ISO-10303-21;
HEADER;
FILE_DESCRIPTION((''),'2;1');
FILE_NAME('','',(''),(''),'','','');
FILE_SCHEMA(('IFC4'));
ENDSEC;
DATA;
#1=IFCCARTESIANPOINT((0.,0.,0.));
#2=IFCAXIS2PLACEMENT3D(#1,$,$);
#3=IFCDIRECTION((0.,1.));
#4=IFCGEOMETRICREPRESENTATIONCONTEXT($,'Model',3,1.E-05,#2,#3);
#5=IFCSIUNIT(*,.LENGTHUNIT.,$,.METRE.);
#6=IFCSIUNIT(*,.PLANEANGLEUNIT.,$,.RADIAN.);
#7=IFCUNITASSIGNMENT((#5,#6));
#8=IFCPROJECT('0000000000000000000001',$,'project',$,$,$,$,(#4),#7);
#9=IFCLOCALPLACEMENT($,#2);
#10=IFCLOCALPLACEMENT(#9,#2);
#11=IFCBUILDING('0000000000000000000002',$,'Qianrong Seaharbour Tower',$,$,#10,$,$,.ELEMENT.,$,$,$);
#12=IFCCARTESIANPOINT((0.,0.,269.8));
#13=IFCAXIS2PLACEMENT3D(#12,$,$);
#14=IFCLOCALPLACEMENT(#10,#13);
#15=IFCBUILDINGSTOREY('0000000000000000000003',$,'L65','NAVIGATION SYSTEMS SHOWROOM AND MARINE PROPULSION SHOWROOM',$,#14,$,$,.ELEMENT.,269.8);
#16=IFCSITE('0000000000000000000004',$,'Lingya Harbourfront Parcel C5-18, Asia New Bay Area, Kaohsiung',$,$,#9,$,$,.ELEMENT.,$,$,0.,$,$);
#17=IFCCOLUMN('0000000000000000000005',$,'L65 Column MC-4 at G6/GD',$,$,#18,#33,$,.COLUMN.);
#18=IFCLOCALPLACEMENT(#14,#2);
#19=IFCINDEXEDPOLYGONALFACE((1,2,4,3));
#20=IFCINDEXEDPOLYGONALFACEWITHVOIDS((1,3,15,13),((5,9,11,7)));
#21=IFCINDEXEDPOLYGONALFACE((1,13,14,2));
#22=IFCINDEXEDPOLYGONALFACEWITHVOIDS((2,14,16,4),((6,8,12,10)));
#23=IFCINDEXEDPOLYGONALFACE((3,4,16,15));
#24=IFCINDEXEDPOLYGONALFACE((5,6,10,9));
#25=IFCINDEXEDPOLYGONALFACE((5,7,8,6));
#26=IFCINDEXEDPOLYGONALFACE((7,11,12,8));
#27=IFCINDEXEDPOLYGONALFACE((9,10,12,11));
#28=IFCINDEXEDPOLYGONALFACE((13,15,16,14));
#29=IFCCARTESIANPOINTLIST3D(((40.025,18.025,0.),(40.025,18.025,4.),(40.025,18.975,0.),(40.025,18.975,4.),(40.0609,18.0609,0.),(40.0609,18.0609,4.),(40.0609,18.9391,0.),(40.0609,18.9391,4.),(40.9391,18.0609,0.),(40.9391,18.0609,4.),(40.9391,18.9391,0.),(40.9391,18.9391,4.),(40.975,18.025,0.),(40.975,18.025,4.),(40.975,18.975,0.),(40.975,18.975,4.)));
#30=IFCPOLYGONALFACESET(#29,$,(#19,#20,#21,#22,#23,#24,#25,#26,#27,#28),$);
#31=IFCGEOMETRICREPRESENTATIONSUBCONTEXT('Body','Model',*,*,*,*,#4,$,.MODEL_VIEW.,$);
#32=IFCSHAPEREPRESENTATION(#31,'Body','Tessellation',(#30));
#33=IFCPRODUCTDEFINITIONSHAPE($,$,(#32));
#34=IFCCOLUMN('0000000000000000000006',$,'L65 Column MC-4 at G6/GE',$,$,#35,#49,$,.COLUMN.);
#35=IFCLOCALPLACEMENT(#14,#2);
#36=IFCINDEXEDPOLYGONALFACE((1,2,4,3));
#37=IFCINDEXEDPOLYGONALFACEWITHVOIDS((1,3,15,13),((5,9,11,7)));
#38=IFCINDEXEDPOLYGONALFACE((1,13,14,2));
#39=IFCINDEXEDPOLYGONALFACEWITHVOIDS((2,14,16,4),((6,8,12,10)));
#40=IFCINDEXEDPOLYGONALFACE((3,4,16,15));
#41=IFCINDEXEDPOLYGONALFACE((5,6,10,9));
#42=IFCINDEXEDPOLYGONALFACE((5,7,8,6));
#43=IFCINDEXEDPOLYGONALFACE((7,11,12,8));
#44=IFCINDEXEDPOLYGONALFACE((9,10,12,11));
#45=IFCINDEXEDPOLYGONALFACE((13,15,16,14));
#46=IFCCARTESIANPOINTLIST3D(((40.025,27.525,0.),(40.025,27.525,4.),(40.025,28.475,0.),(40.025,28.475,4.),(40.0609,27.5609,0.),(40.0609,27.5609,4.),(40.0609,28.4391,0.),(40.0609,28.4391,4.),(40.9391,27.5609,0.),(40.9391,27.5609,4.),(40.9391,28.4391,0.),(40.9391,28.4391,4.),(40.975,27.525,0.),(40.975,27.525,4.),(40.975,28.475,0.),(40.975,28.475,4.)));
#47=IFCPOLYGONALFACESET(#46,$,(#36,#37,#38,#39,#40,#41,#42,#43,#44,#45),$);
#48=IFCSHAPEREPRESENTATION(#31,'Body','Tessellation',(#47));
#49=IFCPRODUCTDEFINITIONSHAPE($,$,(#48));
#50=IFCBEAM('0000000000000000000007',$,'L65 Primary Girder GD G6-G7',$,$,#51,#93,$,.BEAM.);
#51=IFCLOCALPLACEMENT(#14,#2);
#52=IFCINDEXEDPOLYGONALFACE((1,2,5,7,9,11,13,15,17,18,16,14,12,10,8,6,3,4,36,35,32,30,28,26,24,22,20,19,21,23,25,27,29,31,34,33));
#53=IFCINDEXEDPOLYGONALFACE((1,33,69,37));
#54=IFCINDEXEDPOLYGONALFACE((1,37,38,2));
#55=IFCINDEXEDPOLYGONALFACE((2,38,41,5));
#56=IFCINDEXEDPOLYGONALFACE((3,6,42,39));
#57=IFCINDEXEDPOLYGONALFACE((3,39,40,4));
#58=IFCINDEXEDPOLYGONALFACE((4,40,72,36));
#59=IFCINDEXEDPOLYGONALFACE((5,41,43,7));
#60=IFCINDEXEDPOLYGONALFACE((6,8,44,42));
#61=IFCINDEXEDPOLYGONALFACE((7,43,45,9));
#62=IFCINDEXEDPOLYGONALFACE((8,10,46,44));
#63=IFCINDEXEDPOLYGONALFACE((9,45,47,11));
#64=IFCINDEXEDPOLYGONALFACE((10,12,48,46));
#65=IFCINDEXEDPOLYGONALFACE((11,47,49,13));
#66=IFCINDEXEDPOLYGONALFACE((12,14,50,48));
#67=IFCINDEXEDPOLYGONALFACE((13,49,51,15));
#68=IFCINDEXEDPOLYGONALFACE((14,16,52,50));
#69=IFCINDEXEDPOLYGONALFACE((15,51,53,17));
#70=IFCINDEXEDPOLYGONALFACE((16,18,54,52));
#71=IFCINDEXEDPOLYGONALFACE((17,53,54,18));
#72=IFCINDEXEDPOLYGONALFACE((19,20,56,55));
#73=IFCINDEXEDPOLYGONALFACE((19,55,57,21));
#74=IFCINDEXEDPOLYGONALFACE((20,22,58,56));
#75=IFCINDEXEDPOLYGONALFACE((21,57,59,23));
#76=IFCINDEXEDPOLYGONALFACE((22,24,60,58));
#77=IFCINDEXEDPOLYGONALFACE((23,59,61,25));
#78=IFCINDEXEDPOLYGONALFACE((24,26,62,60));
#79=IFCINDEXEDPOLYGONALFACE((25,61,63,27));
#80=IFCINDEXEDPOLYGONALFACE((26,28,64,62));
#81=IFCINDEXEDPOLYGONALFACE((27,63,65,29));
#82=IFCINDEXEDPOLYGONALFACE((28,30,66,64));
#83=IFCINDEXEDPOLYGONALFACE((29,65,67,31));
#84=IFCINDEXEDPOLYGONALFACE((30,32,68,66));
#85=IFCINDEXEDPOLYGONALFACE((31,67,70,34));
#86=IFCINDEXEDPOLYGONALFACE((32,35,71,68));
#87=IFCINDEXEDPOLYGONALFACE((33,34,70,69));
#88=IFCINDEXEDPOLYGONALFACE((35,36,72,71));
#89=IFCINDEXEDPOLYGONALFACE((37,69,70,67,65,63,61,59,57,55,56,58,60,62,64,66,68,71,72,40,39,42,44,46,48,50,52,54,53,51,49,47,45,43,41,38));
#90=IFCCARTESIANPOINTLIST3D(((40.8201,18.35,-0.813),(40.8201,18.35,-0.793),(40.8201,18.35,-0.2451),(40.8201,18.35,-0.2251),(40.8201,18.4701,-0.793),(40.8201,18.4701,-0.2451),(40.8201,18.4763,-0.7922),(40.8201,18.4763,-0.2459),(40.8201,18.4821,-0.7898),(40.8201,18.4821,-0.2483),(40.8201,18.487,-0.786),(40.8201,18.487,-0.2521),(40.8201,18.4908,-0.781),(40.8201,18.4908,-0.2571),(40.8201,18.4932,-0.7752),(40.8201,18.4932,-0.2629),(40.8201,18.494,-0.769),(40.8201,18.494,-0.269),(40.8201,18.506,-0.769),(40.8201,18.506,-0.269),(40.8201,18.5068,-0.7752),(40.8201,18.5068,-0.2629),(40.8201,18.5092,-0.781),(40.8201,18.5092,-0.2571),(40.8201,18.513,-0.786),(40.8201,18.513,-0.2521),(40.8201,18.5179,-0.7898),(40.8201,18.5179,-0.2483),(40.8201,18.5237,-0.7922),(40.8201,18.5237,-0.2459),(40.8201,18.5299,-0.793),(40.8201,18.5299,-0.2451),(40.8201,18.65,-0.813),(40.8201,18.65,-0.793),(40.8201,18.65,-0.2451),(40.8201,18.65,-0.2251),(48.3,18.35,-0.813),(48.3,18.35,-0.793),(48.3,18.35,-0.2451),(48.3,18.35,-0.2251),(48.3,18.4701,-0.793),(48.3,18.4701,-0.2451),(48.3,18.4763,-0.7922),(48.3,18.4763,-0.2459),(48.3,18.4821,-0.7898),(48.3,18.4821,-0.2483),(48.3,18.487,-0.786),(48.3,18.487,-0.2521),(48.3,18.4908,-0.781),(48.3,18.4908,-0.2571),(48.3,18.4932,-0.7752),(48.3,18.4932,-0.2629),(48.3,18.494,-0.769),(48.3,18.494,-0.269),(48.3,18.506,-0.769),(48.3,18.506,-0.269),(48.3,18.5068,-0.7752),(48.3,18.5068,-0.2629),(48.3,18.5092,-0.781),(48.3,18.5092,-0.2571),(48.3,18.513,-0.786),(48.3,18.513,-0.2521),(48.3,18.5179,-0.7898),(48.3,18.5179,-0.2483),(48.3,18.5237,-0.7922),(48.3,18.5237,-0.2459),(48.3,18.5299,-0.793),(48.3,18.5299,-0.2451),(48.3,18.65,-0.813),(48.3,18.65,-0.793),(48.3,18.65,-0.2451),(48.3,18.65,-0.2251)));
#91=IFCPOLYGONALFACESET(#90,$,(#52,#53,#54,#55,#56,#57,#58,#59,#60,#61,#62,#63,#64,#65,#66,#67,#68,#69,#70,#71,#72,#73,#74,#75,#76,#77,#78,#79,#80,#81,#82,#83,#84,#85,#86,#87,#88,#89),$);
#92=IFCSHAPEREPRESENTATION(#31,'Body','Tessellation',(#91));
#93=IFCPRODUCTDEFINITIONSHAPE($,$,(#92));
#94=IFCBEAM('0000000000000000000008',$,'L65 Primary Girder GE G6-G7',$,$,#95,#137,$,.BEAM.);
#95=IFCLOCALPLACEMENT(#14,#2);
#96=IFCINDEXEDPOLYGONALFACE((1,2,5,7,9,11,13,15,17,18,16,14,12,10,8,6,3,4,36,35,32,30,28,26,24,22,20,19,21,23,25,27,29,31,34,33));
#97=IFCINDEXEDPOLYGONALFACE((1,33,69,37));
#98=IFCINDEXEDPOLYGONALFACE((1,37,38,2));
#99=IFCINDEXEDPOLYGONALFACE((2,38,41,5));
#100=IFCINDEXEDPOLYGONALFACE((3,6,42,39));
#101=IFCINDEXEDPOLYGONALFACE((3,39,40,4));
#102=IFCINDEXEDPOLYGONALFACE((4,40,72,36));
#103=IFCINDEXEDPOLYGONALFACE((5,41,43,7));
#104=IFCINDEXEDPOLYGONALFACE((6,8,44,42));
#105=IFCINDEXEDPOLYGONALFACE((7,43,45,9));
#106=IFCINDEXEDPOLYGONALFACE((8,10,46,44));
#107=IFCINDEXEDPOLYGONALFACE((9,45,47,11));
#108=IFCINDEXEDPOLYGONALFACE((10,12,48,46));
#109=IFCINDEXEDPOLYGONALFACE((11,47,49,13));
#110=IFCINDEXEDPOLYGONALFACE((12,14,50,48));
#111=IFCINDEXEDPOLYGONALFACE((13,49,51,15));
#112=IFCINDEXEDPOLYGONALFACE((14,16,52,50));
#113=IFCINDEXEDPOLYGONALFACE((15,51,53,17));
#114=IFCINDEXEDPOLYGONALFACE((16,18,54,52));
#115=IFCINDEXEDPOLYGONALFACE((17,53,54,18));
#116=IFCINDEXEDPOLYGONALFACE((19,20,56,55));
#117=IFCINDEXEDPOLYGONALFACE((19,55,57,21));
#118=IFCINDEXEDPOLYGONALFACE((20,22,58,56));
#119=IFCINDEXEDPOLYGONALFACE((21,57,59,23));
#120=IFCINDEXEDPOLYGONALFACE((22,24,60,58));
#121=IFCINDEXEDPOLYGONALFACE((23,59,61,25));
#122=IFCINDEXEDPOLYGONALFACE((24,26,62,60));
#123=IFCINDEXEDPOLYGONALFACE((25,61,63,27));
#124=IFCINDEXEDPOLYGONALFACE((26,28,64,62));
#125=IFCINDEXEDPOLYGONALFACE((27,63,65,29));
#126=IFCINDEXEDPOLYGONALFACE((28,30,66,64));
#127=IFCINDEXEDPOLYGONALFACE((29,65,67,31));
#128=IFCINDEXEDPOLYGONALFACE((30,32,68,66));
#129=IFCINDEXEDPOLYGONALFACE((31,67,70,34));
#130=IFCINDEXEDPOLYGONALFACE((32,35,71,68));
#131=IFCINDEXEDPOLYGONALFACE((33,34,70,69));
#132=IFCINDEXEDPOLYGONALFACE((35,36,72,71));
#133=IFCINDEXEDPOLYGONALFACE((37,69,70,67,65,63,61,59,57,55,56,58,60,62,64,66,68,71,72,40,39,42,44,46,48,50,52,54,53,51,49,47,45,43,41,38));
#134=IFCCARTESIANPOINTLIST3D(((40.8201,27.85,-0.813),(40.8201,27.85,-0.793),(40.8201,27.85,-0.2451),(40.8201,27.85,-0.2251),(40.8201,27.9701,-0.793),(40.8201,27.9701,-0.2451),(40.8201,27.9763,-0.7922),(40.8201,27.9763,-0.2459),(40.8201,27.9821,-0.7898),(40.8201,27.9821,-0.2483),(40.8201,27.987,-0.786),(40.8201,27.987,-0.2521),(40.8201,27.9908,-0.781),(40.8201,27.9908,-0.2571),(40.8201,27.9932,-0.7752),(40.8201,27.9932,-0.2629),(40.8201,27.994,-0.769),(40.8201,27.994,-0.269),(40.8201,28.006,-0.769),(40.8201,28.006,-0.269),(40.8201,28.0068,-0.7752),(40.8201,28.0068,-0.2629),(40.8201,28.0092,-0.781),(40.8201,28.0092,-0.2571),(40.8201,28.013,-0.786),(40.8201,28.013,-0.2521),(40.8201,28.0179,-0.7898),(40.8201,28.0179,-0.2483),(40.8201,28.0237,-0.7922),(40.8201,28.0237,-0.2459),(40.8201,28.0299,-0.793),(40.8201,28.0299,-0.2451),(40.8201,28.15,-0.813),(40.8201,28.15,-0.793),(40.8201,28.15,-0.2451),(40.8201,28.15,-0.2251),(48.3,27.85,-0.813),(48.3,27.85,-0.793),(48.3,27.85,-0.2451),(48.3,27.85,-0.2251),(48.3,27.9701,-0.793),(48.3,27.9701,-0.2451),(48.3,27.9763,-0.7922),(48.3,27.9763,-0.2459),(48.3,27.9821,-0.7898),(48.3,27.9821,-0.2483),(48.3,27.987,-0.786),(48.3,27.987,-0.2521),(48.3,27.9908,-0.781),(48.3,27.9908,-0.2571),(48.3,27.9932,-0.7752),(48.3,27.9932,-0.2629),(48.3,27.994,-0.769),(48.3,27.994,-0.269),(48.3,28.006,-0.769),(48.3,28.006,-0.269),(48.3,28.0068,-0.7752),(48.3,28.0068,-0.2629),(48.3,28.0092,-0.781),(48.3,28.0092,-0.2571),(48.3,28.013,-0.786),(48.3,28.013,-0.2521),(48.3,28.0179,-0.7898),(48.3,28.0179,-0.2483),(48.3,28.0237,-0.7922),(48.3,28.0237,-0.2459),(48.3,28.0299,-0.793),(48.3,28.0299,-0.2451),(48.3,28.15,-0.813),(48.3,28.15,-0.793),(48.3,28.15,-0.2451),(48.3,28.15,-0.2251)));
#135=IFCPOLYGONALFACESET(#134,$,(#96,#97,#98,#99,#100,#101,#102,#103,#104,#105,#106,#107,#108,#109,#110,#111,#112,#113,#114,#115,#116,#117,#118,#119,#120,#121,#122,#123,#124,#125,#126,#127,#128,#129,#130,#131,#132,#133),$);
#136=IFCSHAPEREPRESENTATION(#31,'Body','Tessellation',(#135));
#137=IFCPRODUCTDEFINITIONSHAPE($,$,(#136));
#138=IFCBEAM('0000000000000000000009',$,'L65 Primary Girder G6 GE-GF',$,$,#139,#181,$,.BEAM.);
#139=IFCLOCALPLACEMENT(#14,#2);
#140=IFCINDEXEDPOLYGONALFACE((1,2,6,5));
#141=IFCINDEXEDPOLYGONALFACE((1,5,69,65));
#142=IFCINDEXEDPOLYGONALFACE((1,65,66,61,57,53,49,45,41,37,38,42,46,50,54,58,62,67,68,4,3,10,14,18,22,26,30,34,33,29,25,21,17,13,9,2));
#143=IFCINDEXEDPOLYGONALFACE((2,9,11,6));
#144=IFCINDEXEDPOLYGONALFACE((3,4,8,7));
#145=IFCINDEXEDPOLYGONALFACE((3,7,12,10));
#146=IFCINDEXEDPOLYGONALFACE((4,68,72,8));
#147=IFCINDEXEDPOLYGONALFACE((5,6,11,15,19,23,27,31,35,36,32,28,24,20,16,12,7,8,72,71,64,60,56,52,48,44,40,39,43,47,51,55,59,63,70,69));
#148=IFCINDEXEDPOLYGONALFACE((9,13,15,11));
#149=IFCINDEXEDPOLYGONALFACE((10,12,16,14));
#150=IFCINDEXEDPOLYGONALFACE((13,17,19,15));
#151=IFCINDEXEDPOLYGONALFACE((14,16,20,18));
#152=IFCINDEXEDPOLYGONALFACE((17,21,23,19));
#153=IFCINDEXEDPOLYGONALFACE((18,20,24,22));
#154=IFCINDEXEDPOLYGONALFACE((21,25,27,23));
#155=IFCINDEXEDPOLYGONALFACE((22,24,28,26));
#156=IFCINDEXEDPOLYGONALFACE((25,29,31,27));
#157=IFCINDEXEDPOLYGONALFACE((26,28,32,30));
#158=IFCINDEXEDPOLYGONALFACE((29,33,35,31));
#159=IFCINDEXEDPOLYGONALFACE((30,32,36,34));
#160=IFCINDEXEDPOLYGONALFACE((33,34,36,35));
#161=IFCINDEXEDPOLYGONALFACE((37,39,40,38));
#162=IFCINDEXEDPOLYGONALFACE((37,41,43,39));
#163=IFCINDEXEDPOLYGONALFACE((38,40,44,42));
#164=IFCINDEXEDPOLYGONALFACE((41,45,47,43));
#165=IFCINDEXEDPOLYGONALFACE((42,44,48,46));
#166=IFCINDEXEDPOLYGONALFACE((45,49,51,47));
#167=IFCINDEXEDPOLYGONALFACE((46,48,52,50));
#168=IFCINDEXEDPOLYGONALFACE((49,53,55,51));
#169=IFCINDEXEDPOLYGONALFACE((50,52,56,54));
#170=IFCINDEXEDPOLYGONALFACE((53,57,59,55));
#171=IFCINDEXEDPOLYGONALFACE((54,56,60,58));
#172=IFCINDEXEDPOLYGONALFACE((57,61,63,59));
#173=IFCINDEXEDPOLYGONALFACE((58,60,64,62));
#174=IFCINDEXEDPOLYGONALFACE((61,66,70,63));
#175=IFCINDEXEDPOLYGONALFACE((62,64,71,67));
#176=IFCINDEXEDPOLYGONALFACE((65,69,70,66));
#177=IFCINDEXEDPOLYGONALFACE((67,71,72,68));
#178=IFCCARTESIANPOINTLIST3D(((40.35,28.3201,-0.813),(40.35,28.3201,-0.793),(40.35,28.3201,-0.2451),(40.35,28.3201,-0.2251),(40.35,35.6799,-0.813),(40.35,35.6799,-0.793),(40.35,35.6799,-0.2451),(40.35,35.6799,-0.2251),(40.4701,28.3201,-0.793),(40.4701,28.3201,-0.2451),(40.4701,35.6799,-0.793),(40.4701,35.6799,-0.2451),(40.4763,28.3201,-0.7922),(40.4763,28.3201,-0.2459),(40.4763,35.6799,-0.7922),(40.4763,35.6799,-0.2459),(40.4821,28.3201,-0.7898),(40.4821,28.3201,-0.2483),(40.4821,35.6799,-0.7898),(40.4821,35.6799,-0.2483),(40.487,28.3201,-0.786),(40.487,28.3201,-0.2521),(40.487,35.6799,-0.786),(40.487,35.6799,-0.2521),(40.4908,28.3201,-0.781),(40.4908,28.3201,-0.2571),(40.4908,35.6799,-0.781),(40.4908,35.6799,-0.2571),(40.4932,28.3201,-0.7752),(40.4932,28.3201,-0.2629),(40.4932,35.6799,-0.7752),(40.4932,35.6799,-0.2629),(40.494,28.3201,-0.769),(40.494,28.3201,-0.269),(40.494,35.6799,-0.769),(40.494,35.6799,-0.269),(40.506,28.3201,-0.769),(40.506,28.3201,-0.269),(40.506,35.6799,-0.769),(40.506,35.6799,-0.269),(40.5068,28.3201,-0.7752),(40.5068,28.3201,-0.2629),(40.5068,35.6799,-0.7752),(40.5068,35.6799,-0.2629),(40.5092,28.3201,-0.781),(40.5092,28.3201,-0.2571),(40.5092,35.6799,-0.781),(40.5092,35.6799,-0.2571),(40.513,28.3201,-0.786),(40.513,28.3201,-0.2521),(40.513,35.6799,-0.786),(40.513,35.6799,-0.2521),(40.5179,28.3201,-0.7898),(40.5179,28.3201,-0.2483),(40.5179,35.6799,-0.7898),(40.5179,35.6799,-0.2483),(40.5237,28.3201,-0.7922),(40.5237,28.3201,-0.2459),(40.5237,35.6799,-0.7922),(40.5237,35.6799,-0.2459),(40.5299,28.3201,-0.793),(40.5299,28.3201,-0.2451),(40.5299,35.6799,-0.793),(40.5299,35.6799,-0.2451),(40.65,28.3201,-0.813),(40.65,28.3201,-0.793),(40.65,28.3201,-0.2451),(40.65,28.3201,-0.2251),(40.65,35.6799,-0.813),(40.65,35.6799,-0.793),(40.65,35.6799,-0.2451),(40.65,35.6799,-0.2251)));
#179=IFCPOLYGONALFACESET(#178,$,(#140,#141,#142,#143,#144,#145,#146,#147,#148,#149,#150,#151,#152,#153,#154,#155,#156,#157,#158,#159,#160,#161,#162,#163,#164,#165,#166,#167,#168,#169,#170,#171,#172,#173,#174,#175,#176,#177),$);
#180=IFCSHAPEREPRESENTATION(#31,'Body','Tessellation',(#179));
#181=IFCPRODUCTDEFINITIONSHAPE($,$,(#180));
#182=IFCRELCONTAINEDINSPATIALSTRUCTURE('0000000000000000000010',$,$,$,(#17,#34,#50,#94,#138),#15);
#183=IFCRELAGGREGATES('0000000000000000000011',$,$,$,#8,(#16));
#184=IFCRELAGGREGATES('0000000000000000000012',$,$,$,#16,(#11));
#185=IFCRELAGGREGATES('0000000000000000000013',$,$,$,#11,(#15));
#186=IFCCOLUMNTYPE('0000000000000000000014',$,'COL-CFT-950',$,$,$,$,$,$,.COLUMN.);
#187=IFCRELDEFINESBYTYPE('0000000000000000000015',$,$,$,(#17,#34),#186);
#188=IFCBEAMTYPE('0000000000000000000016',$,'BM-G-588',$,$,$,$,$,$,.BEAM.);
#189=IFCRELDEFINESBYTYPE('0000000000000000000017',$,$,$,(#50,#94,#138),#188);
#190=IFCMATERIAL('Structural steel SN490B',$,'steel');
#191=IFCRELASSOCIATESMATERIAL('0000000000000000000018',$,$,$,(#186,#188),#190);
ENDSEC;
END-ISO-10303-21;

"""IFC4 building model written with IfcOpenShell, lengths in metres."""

from ifc_helpers import new_model, si_unit, direction, frame, origin, origin_2d, place, context, subcontext, project, spatial, hollow_rectangle, i_section, extrude, material, material_profile, profile_set, type_object, element, save


model = new_model("IFC4")

# Units and contexts
model_context = context("Model", 3, precision=1e-05, world=origin(), true_north=direction((0.0, 1.0)))
body_context = subcontext(model_context, "Body", "Model", "MODEL_VIEW")
ifc_project = project(units=[si_unit("LENGTHUNIT", "METRE"), si_unit("PLANEANGLEUNIT", "RADIAN")], contexts=[model_context])

# Site, building, storey
site_placement = place(None, origin())
site = spatial("IfcSite", under=ifc_project, at=site_placement, Name="Lingya Harbourfront Parcel C5-18, Asia New Bay Area, Kaohsiung", CompositionType="ELEMENT", RefElevation=0.0)
building_placement = place(site_placement, origin())
building = spatial("IfcBuilding", under=site, at=building_placement, Name="Qianrong Seaharbour Tower", CompositionType="ELEMENT")
storey_placement = place(building_placement, frame((0.0, 0.0, 269.8)))
storey = spatial("IfcBuildingStorey", under=building, at=storey_placement, Name="L65", Description="NAVIGATION SYSTEMS SHOWROOM AND MARINE PROPULSION SHOWROOM", CompositionType="ELEMENT", Elevation=269.8)

# Columns
ifc_material_1 = material(Name="Structural steel SN490B", Category="steel")
ifc_material_profile_1 = material_profile(ifc_material_1, hollow_rectangle(XDim=0.95, YDim=0.95, WallThickness=0.0359, at=origin_2d()), Name="BOX950x950x36")
ifc_profile_set_1 = profile_set([ifc_material_profile_1], Name="Structural steel SN490B")
column_type = type_object("IfcColumnType", Name="COL-CFT-950", PredefinedType="COLUMN", material=ifc_profile_set_1)
for number, where, z_axis, x_axis, name in (
    (1, (40.5, 18.5, 0.0), (0.0, 0.0, 1.0), (1.0, 0.0, 0.0), "L65 Column MC-4 at G6/GD"),
    (2, (40.5, 28.0, 0.0), (0.0, 0.0, 1.0), (1.0, 0.0, 0.0), "L65 Column MC-4 at G6/GE"),
):
    element("IfcColumn", number, at=place(storey_placement, frame(where, z_axis=z_axis, x_axis=x_axis)), inside=storey, type_object=column_type, Name=name, PredefinedType="COLUMN", context=body_context, shape_type="SweptSolid", body=[
        extrude(hollow_rectangle(XDim=0.95, YDim=0.95, WallThickness=0.0359, at=origin_2d()), origin(), (0.0, 0.0, 1.0), 4.0),
    ])

# Beams
ifc_material_profile_2 = material_profile(ifc_material_1, i_section(OverallWidth=0.3, OverallDepth=0.5879, WebThickness=0.012, FlangeThickness=0.02, FilletRadius=0.0239, at=origin_2d()), Name="H588x300x12x20")
ifc_profile_set_2 = profile_set([ifc_material_profile_2], Name="Structural steel SN490B")
beam_type_1 = type_object("IfcBeamType", Name="BM-G-588", PredefinedType="BEAM", material=ifc_profile_set_2)
for number, where, z_axis, x_axis, name in (
    (3, (40.8201, 18.5, -0.519), (1.0, 0.0, 0.0), (0.0, 1.0, 0.0), "L65 Primary Girder GD G6-G7"),
    (4, (40.8201, 28.0, -0.519), (1.0, 0.0, 0.0), (0.0, 1.0, 0.0), "L65 Primary Girder GE G6-G7"),
):
    element("IfcBeam", number, at=place(storey_placement, frame(where, z_axis=z_axis, x_axis=x_axis)), inside=storey, type_object=beam_type_1, Name=name, PredefinedType="BEAM", context=body_context, shape_type="SweptSolid", body=[
        extrude(i_section(OverallWidth=0.3, OverallDepth=0.5879, WebThickness=0.012, FlangeThickness=0.02, FilletRadius=0.0239, at=origin_2d()), origin(), (0.0, 0.0, 1.0), 7.48),
    ])
beam_1_placement = place(storey_placement, frame((40.5, 28.3201, -0.519), z_axis=(0.0, 1.0, 0.0), x_axis=(-1.0, 0.0, 0.0)))
element("IfcBeam", 5, at=beam_1_placement, inside=storey, type_object=beam_type_1, Name="L65 Primary Girder G6 GE-GF", PredefinedType="BEAM", context=body_context, shape_type="SweptSolid", body=[
    extrude(i_section(OverallWidth=0.3, OverallDepth=0.5879, WebThickness=0.012, FlangeThickness=0.02, FilletRadius=0.0239, at=origin_2d()), origin(), (0.0, 0.0, 1.0), 7.3599),
])

save(model, "model.ifc")
